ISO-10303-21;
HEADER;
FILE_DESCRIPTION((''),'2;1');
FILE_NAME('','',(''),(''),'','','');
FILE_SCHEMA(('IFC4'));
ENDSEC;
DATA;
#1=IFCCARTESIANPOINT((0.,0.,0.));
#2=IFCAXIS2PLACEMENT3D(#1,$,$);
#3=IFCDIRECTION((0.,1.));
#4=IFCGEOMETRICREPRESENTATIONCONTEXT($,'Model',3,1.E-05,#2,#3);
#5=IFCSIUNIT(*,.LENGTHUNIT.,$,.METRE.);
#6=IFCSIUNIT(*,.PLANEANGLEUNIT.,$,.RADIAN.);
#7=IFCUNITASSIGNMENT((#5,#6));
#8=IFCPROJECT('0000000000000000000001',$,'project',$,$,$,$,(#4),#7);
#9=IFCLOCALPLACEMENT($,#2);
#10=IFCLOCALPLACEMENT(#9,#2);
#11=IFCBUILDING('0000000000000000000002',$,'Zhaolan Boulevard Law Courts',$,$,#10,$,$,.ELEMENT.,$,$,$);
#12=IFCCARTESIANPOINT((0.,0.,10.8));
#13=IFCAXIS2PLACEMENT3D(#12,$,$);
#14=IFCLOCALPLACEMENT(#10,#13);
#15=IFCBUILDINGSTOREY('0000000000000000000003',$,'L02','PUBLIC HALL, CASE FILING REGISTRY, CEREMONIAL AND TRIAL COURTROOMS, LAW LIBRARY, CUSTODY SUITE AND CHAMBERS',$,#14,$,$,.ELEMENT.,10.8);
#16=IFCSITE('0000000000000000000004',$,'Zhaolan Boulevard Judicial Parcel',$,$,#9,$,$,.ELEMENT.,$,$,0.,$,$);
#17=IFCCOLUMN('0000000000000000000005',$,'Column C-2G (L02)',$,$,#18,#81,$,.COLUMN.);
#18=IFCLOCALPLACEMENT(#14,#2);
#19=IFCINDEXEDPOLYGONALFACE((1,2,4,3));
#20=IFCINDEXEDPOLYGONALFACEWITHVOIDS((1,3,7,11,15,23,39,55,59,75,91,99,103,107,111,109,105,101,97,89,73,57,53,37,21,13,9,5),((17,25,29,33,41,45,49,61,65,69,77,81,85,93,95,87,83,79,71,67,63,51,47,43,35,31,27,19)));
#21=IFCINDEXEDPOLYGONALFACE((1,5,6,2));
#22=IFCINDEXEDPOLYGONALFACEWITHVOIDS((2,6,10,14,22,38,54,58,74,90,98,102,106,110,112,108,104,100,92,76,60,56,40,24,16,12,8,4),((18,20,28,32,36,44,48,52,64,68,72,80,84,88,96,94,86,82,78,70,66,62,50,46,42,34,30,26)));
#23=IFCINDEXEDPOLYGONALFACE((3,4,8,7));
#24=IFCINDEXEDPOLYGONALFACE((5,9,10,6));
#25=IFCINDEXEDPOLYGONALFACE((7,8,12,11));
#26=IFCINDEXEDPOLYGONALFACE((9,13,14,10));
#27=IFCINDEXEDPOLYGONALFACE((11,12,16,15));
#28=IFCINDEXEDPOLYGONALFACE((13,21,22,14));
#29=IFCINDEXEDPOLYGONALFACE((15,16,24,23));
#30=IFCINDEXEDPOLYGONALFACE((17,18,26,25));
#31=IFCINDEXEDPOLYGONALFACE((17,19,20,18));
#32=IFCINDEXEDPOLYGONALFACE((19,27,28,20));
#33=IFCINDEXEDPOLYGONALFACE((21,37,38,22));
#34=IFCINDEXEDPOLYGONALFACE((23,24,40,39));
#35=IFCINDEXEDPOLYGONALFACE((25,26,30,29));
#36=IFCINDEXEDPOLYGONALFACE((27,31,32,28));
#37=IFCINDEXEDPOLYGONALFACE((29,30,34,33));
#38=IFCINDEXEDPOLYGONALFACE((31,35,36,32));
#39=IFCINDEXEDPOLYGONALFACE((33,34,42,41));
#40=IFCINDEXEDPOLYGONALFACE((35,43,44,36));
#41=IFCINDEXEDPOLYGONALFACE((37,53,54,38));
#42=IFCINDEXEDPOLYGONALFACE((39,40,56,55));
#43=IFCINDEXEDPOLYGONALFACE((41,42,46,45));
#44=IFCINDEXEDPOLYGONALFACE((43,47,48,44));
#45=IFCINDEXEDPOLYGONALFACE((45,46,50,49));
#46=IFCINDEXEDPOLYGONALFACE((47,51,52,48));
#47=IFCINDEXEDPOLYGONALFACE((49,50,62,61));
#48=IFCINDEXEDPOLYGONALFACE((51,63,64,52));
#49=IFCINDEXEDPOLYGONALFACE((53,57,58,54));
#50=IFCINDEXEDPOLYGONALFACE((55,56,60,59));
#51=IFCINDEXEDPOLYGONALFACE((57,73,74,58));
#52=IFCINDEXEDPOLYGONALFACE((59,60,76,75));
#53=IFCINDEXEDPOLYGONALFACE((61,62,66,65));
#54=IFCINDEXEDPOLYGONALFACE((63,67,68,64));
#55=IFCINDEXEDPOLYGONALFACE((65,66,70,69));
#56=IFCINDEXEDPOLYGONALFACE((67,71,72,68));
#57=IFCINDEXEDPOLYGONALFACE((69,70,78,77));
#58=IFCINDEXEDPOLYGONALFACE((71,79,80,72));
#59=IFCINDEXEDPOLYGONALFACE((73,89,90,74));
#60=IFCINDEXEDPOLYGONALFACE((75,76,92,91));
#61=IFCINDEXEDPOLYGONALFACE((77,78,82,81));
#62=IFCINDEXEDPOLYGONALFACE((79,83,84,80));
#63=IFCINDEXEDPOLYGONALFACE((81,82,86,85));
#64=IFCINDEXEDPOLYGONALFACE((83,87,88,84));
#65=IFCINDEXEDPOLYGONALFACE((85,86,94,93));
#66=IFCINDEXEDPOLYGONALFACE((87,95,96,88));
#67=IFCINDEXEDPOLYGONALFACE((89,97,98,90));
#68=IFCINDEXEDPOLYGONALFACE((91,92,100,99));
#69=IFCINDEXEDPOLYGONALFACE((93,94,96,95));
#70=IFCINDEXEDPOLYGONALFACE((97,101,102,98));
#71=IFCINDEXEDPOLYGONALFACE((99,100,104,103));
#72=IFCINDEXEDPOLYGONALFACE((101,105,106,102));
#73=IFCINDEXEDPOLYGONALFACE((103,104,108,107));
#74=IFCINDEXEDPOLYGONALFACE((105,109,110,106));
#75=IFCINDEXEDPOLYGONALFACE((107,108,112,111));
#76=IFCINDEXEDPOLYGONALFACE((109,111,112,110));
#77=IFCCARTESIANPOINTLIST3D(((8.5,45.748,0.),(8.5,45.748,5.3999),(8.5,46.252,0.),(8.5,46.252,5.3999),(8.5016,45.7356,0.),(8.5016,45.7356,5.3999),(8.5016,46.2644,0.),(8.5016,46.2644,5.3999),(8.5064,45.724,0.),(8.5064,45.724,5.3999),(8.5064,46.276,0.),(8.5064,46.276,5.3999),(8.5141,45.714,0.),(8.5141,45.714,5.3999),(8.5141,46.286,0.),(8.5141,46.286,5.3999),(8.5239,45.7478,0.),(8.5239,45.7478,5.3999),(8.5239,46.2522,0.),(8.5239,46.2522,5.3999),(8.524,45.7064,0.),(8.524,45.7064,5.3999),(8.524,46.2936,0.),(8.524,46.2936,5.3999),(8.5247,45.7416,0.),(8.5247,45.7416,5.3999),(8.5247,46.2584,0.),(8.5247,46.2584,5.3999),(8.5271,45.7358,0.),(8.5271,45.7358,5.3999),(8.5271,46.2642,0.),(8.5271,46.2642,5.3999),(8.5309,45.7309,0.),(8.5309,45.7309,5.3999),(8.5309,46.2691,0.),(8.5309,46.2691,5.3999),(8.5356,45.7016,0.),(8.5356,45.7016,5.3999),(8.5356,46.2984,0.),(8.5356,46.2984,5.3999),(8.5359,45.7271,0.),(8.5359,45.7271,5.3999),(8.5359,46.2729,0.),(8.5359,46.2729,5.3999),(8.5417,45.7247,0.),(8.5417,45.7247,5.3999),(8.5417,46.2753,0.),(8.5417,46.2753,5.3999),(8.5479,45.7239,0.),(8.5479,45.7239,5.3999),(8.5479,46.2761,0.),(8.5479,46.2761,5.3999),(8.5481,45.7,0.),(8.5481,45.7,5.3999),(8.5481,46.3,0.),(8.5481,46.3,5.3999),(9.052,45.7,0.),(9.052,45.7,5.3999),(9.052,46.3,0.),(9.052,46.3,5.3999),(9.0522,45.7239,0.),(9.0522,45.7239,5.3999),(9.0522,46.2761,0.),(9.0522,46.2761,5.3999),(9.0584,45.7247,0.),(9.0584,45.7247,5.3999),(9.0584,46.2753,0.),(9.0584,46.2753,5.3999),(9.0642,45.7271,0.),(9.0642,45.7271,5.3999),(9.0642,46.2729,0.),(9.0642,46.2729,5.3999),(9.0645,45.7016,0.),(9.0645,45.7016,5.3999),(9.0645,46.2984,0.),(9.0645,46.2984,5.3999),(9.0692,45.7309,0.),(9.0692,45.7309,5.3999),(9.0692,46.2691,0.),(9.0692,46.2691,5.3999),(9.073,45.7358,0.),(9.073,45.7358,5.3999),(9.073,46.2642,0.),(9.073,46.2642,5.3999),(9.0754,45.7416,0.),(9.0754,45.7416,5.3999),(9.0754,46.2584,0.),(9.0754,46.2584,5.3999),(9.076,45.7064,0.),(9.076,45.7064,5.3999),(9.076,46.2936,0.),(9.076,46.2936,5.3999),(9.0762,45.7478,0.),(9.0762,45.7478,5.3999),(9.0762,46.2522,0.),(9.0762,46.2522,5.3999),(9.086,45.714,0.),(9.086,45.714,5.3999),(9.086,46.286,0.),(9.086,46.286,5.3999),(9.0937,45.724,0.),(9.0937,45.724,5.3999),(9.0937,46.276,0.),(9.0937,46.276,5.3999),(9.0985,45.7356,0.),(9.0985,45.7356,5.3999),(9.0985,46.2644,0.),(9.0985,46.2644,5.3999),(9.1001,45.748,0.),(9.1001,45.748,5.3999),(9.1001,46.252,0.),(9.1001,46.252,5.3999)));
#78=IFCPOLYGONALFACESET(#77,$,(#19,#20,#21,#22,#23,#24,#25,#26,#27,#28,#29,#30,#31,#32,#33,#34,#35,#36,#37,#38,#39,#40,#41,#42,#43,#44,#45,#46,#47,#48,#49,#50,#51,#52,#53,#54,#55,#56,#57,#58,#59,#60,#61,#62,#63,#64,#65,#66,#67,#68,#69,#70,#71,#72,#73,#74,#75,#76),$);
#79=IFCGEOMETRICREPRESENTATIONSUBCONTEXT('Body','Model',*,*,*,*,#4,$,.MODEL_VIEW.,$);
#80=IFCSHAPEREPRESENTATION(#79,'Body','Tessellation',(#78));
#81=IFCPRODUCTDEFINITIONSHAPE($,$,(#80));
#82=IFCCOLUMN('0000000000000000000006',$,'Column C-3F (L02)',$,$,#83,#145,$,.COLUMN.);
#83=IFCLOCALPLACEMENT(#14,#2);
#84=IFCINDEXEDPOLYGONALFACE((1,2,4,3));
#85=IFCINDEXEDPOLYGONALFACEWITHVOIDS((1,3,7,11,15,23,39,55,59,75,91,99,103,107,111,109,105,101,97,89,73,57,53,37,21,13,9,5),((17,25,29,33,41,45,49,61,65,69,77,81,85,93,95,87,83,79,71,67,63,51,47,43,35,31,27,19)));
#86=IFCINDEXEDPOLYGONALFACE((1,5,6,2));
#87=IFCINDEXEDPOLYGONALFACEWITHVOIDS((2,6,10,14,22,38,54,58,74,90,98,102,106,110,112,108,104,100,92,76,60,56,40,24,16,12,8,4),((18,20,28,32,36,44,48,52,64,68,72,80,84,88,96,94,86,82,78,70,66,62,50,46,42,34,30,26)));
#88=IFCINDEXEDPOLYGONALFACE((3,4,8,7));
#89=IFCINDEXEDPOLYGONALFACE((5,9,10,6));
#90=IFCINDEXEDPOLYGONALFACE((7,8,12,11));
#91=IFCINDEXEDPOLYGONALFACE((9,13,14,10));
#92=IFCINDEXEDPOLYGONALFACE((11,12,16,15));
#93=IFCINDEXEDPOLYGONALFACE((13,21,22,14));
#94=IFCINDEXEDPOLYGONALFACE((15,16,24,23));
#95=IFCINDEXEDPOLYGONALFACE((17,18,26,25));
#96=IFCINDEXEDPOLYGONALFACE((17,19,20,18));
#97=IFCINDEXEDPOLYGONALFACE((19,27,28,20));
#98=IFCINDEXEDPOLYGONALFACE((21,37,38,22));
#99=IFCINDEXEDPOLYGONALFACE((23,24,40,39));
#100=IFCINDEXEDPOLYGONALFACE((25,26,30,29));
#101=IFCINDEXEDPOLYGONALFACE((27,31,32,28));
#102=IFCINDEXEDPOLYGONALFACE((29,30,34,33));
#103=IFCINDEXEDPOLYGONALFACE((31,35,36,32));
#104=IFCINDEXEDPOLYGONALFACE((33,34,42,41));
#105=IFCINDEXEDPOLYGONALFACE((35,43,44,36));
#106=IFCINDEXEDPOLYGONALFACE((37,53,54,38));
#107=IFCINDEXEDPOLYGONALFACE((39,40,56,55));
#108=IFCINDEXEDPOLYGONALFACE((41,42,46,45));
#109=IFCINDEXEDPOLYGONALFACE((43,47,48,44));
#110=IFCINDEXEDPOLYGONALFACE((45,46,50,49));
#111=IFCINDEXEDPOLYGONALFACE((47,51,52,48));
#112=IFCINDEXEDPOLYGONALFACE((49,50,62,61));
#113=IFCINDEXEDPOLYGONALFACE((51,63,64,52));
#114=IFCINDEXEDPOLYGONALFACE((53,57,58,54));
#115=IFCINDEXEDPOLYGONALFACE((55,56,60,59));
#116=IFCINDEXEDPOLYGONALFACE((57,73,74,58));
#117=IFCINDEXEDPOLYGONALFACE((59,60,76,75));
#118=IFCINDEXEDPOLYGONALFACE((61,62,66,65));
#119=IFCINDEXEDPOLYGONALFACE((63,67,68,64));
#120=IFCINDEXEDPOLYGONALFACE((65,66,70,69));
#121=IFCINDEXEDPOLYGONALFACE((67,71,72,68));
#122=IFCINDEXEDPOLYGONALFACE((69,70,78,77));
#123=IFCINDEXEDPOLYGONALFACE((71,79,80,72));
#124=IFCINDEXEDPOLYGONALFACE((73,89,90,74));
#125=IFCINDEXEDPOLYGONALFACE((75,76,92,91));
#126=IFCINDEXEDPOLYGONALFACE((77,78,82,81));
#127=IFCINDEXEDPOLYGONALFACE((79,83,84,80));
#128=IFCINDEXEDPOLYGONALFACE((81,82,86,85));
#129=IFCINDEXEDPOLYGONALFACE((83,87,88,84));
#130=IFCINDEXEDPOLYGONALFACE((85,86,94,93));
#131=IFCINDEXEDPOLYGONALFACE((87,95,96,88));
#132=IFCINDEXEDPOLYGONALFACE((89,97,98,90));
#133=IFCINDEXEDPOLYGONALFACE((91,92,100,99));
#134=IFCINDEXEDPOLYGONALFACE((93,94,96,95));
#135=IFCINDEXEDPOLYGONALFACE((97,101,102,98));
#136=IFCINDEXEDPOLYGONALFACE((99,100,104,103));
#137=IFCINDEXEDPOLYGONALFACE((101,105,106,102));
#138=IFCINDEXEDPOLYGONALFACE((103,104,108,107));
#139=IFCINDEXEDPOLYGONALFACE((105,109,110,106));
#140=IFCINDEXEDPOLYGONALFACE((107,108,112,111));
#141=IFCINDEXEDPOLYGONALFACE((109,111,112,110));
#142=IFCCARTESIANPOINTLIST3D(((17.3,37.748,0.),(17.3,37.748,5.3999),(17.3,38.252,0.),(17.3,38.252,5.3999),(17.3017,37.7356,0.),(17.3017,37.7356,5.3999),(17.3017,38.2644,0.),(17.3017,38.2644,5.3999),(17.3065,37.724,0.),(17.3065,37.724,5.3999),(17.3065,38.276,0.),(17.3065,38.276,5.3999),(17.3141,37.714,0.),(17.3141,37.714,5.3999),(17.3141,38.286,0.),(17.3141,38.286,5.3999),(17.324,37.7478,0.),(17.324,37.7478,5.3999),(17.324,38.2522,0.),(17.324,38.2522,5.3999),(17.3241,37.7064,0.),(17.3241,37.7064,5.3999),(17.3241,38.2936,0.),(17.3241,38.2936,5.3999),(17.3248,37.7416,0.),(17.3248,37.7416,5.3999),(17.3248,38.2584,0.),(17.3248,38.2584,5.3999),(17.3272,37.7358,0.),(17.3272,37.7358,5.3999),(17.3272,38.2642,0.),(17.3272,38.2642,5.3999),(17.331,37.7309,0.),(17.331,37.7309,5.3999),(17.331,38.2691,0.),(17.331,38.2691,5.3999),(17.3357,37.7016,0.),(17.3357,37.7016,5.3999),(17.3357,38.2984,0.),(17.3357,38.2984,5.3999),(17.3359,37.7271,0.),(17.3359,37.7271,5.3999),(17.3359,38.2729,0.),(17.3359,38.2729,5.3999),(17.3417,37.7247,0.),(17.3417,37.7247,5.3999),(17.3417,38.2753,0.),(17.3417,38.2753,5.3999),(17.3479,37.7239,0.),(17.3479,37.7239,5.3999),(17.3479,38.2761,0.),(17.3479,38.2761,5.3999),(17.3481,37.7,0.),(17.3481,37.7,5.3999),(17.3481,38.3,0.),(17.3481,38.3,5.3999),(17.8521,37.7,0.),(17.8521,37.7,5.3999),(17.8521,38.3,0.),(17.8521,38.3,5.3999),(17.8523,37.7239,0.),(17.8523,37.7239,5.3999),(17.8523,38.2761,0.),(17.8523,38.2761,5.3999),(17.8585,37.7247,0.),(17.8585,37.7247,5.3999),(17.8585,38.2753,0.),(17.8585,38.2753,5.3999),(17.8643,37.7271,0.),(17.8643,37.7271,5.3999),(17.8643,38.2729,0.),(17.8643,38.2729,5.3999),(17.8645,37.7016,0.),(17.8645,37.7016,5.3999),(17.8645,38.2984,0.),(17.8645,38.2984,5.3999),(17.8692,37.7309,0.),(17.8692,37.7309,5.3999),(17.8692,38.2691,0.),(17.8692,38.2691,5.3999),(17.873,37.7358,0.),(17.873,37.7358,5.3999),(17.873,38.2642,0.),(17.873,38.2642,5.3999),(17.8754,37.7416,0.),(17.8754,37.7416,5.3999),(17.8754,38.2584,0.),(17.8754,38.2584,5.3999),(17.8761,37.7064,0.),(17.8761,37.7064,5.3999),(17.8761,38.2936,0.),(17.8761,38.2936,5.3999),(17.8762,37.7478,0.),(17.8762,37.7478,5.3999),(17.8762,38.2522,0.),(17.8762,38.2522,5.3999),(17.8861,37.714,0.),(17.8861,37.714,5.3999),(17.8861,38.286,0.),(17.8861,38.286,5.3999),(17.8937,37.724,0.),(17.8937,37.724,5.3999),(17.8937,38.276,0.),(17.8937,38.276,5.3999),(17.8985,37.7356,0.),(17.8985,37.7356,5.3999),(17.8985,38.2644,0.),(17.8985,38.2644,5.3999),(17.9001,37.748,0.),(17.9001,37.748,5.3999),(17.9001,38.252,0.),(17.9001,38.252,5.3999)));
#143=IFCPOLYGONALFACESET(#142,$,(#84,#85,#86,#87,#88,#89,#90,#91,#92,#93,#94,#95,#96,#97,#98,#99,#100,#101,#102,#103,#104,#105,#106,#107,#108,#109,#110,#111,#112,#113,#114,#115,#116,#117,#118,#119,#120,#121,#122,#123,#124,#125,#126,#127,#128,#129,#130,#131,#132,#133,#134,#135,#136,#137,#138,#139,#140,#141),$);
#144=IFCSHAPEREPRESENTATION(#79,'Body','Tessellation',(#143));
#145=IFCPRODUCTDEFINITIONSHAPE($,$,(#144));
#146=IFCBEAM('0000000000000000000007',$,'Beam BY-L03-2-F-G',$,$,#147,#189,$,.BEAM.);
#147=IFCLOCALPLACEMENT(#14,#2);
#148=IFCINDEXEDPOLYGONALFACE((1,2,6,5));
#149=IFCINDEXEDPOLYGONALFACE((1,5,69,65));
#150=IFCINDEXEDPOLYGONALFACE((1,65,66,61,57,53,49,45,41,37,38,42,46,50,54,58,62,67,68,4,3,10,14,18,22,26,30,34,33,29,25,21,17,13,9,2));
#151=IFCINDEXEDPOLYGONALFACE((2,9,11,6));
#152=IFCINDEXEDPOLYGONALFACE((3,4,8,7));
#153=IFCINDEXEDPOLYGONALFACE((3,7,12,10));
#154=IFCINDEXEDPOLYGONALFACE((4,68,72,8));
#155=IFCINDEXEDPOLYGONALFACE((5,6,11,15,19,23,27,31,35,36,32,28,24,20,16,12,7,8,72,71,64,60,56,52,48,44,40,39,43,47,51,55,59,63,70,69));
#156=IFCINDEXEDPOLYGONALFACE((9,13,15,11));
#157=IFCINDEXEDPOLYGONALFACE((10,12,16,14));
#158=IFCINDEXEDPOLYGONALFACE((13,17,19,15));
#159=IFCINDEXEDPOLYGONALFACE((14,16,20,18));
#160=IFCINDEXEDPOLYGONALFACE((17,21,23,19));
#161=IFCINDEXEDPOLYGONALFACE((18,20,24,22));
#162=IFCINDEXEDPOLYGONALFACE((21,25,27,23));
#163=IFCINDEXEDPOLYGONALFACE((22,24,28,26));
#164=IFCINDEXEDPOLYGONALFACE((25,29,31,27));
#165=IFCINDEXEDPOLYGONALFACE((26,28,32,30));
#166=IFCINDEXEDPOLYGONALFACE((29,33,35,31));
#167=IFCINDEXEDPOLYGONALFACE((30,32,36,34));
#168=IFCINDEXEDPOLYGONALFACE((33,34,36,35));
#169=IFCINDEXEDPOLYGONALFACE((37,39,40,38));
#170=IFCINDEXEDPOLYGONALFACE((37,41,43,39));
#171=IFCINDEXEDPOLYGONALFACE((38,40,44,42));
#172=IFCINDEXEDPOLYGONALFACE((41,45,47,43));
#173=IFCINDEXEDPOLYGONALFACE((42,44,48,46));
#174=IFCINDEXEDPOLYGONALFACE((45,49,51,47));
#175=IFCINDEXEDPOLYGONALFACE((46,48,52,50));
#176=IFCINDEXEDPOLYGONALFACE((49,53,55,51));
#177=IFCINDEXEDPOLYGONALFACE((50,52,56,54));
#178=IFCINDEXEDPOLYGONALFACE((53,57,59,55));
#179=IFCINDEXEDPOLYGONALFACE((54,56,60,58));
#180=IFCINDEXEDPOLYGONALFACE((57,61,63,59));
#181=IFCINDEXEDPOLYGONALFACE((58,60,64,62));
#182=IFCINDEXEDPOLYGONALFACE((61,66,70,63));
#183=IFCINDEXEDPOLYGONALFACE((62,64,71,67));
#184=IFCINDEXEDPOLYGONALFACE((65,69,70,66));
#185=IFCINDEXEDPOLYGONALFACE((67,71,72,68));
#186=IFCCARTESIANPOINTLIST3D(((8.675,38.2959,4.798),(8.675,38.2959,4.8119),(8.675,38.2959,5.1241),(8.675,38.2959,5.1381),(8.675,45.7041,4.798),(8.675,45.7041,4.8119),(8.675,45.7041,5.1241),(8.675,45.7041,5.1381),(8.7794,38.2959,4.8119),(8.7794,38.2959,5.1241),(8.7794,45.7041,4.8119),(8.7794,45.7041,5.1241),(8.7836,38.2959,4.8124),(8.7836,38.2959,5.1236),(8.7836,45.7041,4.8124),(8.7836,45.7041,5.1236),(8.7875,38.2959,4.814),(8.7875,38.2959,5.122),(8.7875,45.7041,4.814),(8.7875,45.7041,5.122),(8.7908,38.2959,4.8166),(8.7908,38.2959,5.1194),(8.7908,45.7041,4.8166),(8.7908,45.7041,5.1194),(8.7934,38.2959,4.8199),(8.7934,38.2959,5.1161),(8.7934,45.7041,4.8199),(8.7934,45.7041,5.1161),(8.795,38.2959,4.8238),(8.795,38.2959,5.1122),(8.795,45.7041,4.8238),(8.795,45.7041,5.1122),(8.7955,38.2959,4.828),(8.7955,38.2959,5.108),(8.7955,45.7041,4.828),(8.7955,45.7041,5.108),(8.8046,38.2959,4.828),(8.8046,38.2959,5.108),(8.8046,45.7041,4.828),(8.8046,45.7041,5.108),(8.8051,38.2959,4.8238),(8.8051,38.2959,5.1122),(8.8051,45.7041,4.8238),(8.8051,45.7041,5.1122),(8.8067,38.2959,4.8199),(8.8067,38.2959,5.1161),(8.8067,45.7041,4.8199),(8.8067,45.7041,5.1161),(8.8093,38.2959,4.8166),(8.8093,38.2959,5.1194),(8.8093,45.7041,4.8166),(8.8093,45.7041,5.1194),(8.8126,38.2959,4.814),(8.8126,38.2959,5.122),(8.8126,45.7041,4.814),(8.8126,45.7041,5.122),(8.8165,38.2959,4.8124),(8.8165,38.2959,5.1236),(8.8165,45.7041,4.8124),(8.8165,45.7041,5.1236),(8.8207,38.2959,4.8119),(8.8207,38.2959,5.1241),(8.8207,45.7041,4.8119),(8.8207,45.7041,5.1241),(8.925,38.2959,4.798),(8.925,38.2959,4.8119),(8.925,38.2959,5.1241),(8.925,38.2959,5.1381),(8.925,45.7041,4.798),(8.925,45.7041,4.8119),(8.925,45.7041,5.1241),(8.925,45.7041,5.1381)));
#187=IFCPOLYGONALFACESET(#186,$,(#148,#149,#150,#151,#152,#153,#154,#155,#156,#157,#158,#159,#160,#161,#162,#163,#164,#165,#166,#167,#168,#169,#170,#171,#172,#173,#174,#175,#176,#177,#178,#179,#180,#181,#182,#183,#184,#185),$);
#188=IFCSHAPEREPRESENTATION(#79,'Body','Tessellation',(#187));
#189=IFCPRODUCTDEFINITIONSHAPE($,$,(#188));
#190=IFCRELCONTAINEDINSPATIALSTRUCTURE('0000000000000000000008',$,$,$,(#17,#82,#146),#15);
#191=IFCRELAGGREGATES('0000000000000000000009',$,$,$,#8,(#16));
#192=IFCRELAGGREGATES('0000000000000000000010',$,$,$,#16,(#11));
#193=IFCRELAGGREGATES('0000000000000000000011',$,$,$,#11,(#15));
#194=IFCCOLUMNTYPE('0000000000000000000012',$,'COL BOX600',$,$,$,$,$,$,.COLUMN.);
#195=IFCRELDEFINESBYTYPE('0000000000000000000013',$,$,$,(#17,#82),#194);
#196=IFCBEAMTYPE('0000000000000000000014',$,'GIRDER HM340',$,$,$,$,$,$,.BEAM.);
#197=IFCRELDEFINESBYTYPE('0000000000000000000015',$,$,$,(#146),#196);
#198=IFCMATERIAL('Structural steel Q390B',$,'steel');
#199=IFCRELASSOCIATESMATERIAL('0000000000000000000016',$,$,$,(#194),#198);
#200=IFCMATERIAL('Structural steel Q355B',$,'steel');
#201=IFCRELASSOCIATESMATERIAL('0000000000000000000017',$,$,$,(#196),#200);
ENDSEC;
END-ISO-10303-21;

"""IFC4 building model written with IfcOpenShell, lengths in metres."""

from ifc_helpers import new_model, si_unit, direction, frame, origin, origin_2d, place, context, subcontext, project, spatial, hollow_rectangle, i_section, extrude, material, material_profile, profile_set, type_object, element, save


model = new_model("IFC4")

# Units and contexts
model_context = context("Model", 3, precision=1e-05, world=origin(), true_north=direction((0.0, 1.0)))
body_context = subcontext(model_context, "Body", "Model", "MODEL_VIEW")
ifc_project = project(units=[si_unit("LENGTHUNIT", "METRE"), si_unit("PLANEANGLEUNIT", "RADIAN")], contexts=[model_context])

# Site, building, storey
site_placement = place(None, origin())
site = spatial("IfcSite", under=ifc_project, at=site_placement, Name="Zhaolan Boulevard Judicial Parcel", CompositionType="ELEMENT", RefElevation=0.0)
building_placement = place(site_placement, origin())
building = spatial("IfcBuilding", under=site, at=building_placement, Name="Zhaolan Boulevard Law Courts", CompositionType="ELEMENT")
storey_placement = place(building_placement, frame((0.0, 0.0, 10.8)))
storey = spatial("IfcBuildingStorey", under=building, at=storey_placement, Name="L02", Description="PUBLIC HALL, CASE FILING REGISTRY, CEREMONIAL AND TRIAL COURTROOMS, LAW LIBRARY, CUSTODY SUITE AND CHAMBERS", CompositionType="ELEMENT", Elevation=10.8)

# Columns
ifc_material_1 = material(Name="Structural steel Q390B", Category="steel")
ifc_material_profile_1 = material_profile(ifc_material_1, hollow_rectangle(XDim=0.6001, YDim=0.6001, WallThickness=0.0239, InnerFilletRadius=0.0239, OuterFilletRadius=0.0481, at=origin_2d()), Name="BOX600x600x24")
ifc_profile_set_1 = profile_set([ifc_material_profile_1], Name="Structural steel Q390B")
column_type = type_object("IfcColumnType", Name="COL BOX600", PredefinedType="COLUMN", material=ifc_profile_set_1)
for number, where, z_axis, x_axis, name in (
    (1, (8.8, 46.0, 0.0), (0.0, 0.0, 1.0), (1.0, 0.0, 0.0), "Column C-2G (L02)"),
    (2, (17.6001, 38.0, 0.0), (0.0, 0.0, 1.0), (1.0, 0.0, 0.0), "Column C-3F (L02)"),
):
    element("IfcColumn", number, at=place(storey_placement, frame(where, z_axis=z_axis, x_axis=x_axis)), inside=storey, type_object=column_type, Name=name, PredefinedType="COLUMN", context=body_context, shape_type="SweptSolid", body=[
        extrude(hollow_rectangle(XDim=0.6001, YDim=0.6001, WallThickness=0.0239, InnerFilletRadius=0.0239, OuterFilletRadius=0.0481, at=origin_2d()), origin(), (0.0, 0.0, 1.0), 5.3999),
    ])

# Beam
ifc_material_2 = material(Name="Structural steel Q355B", Category="steel")
ifc_material_profile_2 = material_profile(ifc_material_2, i_section(OverallWidth=0.25, OverallDepth=0.3401, WebThickness=0.009, FlangeThickness=0.0139, FilletRadius=0.0161, at=origin_2d()), Name="HM340x250")
ifc_profile_set_2 = profile_set([ifc_material_profile_2], Name="Structural steel Q355B")
beam_type_1 = type_object("IfcBeamType", Name="GIRDER HM340", PredefinedType="BEAM", material=ifc_profile_set_2)
beam_1_placement = place(storey_placement, frame((8.8, 38.2959, 4.968), z_axis=(0.0, 1.0, 0.0), x_axis=(-1.0, 0.0, 0.0)))
element("IfcBeam", 3, at=beam_1_placement, inside=storey, type_object=beam_type_1, Name="Beam BY-L03-2-F-G", PredefinedType="BEAM", context=body_context, shape_type="SweptSolid", body=[
    extrude(i_section(OverallWidth=0.25, OverallDepth=0.3401, WebThickness=0.009, FlangeThickness=0.0139, FilletRadius=0.0161, at=origin_2d()), origin(), (0.0, 0.0, 1.0), 7.4082),
])

save(model, "model.ifc")
